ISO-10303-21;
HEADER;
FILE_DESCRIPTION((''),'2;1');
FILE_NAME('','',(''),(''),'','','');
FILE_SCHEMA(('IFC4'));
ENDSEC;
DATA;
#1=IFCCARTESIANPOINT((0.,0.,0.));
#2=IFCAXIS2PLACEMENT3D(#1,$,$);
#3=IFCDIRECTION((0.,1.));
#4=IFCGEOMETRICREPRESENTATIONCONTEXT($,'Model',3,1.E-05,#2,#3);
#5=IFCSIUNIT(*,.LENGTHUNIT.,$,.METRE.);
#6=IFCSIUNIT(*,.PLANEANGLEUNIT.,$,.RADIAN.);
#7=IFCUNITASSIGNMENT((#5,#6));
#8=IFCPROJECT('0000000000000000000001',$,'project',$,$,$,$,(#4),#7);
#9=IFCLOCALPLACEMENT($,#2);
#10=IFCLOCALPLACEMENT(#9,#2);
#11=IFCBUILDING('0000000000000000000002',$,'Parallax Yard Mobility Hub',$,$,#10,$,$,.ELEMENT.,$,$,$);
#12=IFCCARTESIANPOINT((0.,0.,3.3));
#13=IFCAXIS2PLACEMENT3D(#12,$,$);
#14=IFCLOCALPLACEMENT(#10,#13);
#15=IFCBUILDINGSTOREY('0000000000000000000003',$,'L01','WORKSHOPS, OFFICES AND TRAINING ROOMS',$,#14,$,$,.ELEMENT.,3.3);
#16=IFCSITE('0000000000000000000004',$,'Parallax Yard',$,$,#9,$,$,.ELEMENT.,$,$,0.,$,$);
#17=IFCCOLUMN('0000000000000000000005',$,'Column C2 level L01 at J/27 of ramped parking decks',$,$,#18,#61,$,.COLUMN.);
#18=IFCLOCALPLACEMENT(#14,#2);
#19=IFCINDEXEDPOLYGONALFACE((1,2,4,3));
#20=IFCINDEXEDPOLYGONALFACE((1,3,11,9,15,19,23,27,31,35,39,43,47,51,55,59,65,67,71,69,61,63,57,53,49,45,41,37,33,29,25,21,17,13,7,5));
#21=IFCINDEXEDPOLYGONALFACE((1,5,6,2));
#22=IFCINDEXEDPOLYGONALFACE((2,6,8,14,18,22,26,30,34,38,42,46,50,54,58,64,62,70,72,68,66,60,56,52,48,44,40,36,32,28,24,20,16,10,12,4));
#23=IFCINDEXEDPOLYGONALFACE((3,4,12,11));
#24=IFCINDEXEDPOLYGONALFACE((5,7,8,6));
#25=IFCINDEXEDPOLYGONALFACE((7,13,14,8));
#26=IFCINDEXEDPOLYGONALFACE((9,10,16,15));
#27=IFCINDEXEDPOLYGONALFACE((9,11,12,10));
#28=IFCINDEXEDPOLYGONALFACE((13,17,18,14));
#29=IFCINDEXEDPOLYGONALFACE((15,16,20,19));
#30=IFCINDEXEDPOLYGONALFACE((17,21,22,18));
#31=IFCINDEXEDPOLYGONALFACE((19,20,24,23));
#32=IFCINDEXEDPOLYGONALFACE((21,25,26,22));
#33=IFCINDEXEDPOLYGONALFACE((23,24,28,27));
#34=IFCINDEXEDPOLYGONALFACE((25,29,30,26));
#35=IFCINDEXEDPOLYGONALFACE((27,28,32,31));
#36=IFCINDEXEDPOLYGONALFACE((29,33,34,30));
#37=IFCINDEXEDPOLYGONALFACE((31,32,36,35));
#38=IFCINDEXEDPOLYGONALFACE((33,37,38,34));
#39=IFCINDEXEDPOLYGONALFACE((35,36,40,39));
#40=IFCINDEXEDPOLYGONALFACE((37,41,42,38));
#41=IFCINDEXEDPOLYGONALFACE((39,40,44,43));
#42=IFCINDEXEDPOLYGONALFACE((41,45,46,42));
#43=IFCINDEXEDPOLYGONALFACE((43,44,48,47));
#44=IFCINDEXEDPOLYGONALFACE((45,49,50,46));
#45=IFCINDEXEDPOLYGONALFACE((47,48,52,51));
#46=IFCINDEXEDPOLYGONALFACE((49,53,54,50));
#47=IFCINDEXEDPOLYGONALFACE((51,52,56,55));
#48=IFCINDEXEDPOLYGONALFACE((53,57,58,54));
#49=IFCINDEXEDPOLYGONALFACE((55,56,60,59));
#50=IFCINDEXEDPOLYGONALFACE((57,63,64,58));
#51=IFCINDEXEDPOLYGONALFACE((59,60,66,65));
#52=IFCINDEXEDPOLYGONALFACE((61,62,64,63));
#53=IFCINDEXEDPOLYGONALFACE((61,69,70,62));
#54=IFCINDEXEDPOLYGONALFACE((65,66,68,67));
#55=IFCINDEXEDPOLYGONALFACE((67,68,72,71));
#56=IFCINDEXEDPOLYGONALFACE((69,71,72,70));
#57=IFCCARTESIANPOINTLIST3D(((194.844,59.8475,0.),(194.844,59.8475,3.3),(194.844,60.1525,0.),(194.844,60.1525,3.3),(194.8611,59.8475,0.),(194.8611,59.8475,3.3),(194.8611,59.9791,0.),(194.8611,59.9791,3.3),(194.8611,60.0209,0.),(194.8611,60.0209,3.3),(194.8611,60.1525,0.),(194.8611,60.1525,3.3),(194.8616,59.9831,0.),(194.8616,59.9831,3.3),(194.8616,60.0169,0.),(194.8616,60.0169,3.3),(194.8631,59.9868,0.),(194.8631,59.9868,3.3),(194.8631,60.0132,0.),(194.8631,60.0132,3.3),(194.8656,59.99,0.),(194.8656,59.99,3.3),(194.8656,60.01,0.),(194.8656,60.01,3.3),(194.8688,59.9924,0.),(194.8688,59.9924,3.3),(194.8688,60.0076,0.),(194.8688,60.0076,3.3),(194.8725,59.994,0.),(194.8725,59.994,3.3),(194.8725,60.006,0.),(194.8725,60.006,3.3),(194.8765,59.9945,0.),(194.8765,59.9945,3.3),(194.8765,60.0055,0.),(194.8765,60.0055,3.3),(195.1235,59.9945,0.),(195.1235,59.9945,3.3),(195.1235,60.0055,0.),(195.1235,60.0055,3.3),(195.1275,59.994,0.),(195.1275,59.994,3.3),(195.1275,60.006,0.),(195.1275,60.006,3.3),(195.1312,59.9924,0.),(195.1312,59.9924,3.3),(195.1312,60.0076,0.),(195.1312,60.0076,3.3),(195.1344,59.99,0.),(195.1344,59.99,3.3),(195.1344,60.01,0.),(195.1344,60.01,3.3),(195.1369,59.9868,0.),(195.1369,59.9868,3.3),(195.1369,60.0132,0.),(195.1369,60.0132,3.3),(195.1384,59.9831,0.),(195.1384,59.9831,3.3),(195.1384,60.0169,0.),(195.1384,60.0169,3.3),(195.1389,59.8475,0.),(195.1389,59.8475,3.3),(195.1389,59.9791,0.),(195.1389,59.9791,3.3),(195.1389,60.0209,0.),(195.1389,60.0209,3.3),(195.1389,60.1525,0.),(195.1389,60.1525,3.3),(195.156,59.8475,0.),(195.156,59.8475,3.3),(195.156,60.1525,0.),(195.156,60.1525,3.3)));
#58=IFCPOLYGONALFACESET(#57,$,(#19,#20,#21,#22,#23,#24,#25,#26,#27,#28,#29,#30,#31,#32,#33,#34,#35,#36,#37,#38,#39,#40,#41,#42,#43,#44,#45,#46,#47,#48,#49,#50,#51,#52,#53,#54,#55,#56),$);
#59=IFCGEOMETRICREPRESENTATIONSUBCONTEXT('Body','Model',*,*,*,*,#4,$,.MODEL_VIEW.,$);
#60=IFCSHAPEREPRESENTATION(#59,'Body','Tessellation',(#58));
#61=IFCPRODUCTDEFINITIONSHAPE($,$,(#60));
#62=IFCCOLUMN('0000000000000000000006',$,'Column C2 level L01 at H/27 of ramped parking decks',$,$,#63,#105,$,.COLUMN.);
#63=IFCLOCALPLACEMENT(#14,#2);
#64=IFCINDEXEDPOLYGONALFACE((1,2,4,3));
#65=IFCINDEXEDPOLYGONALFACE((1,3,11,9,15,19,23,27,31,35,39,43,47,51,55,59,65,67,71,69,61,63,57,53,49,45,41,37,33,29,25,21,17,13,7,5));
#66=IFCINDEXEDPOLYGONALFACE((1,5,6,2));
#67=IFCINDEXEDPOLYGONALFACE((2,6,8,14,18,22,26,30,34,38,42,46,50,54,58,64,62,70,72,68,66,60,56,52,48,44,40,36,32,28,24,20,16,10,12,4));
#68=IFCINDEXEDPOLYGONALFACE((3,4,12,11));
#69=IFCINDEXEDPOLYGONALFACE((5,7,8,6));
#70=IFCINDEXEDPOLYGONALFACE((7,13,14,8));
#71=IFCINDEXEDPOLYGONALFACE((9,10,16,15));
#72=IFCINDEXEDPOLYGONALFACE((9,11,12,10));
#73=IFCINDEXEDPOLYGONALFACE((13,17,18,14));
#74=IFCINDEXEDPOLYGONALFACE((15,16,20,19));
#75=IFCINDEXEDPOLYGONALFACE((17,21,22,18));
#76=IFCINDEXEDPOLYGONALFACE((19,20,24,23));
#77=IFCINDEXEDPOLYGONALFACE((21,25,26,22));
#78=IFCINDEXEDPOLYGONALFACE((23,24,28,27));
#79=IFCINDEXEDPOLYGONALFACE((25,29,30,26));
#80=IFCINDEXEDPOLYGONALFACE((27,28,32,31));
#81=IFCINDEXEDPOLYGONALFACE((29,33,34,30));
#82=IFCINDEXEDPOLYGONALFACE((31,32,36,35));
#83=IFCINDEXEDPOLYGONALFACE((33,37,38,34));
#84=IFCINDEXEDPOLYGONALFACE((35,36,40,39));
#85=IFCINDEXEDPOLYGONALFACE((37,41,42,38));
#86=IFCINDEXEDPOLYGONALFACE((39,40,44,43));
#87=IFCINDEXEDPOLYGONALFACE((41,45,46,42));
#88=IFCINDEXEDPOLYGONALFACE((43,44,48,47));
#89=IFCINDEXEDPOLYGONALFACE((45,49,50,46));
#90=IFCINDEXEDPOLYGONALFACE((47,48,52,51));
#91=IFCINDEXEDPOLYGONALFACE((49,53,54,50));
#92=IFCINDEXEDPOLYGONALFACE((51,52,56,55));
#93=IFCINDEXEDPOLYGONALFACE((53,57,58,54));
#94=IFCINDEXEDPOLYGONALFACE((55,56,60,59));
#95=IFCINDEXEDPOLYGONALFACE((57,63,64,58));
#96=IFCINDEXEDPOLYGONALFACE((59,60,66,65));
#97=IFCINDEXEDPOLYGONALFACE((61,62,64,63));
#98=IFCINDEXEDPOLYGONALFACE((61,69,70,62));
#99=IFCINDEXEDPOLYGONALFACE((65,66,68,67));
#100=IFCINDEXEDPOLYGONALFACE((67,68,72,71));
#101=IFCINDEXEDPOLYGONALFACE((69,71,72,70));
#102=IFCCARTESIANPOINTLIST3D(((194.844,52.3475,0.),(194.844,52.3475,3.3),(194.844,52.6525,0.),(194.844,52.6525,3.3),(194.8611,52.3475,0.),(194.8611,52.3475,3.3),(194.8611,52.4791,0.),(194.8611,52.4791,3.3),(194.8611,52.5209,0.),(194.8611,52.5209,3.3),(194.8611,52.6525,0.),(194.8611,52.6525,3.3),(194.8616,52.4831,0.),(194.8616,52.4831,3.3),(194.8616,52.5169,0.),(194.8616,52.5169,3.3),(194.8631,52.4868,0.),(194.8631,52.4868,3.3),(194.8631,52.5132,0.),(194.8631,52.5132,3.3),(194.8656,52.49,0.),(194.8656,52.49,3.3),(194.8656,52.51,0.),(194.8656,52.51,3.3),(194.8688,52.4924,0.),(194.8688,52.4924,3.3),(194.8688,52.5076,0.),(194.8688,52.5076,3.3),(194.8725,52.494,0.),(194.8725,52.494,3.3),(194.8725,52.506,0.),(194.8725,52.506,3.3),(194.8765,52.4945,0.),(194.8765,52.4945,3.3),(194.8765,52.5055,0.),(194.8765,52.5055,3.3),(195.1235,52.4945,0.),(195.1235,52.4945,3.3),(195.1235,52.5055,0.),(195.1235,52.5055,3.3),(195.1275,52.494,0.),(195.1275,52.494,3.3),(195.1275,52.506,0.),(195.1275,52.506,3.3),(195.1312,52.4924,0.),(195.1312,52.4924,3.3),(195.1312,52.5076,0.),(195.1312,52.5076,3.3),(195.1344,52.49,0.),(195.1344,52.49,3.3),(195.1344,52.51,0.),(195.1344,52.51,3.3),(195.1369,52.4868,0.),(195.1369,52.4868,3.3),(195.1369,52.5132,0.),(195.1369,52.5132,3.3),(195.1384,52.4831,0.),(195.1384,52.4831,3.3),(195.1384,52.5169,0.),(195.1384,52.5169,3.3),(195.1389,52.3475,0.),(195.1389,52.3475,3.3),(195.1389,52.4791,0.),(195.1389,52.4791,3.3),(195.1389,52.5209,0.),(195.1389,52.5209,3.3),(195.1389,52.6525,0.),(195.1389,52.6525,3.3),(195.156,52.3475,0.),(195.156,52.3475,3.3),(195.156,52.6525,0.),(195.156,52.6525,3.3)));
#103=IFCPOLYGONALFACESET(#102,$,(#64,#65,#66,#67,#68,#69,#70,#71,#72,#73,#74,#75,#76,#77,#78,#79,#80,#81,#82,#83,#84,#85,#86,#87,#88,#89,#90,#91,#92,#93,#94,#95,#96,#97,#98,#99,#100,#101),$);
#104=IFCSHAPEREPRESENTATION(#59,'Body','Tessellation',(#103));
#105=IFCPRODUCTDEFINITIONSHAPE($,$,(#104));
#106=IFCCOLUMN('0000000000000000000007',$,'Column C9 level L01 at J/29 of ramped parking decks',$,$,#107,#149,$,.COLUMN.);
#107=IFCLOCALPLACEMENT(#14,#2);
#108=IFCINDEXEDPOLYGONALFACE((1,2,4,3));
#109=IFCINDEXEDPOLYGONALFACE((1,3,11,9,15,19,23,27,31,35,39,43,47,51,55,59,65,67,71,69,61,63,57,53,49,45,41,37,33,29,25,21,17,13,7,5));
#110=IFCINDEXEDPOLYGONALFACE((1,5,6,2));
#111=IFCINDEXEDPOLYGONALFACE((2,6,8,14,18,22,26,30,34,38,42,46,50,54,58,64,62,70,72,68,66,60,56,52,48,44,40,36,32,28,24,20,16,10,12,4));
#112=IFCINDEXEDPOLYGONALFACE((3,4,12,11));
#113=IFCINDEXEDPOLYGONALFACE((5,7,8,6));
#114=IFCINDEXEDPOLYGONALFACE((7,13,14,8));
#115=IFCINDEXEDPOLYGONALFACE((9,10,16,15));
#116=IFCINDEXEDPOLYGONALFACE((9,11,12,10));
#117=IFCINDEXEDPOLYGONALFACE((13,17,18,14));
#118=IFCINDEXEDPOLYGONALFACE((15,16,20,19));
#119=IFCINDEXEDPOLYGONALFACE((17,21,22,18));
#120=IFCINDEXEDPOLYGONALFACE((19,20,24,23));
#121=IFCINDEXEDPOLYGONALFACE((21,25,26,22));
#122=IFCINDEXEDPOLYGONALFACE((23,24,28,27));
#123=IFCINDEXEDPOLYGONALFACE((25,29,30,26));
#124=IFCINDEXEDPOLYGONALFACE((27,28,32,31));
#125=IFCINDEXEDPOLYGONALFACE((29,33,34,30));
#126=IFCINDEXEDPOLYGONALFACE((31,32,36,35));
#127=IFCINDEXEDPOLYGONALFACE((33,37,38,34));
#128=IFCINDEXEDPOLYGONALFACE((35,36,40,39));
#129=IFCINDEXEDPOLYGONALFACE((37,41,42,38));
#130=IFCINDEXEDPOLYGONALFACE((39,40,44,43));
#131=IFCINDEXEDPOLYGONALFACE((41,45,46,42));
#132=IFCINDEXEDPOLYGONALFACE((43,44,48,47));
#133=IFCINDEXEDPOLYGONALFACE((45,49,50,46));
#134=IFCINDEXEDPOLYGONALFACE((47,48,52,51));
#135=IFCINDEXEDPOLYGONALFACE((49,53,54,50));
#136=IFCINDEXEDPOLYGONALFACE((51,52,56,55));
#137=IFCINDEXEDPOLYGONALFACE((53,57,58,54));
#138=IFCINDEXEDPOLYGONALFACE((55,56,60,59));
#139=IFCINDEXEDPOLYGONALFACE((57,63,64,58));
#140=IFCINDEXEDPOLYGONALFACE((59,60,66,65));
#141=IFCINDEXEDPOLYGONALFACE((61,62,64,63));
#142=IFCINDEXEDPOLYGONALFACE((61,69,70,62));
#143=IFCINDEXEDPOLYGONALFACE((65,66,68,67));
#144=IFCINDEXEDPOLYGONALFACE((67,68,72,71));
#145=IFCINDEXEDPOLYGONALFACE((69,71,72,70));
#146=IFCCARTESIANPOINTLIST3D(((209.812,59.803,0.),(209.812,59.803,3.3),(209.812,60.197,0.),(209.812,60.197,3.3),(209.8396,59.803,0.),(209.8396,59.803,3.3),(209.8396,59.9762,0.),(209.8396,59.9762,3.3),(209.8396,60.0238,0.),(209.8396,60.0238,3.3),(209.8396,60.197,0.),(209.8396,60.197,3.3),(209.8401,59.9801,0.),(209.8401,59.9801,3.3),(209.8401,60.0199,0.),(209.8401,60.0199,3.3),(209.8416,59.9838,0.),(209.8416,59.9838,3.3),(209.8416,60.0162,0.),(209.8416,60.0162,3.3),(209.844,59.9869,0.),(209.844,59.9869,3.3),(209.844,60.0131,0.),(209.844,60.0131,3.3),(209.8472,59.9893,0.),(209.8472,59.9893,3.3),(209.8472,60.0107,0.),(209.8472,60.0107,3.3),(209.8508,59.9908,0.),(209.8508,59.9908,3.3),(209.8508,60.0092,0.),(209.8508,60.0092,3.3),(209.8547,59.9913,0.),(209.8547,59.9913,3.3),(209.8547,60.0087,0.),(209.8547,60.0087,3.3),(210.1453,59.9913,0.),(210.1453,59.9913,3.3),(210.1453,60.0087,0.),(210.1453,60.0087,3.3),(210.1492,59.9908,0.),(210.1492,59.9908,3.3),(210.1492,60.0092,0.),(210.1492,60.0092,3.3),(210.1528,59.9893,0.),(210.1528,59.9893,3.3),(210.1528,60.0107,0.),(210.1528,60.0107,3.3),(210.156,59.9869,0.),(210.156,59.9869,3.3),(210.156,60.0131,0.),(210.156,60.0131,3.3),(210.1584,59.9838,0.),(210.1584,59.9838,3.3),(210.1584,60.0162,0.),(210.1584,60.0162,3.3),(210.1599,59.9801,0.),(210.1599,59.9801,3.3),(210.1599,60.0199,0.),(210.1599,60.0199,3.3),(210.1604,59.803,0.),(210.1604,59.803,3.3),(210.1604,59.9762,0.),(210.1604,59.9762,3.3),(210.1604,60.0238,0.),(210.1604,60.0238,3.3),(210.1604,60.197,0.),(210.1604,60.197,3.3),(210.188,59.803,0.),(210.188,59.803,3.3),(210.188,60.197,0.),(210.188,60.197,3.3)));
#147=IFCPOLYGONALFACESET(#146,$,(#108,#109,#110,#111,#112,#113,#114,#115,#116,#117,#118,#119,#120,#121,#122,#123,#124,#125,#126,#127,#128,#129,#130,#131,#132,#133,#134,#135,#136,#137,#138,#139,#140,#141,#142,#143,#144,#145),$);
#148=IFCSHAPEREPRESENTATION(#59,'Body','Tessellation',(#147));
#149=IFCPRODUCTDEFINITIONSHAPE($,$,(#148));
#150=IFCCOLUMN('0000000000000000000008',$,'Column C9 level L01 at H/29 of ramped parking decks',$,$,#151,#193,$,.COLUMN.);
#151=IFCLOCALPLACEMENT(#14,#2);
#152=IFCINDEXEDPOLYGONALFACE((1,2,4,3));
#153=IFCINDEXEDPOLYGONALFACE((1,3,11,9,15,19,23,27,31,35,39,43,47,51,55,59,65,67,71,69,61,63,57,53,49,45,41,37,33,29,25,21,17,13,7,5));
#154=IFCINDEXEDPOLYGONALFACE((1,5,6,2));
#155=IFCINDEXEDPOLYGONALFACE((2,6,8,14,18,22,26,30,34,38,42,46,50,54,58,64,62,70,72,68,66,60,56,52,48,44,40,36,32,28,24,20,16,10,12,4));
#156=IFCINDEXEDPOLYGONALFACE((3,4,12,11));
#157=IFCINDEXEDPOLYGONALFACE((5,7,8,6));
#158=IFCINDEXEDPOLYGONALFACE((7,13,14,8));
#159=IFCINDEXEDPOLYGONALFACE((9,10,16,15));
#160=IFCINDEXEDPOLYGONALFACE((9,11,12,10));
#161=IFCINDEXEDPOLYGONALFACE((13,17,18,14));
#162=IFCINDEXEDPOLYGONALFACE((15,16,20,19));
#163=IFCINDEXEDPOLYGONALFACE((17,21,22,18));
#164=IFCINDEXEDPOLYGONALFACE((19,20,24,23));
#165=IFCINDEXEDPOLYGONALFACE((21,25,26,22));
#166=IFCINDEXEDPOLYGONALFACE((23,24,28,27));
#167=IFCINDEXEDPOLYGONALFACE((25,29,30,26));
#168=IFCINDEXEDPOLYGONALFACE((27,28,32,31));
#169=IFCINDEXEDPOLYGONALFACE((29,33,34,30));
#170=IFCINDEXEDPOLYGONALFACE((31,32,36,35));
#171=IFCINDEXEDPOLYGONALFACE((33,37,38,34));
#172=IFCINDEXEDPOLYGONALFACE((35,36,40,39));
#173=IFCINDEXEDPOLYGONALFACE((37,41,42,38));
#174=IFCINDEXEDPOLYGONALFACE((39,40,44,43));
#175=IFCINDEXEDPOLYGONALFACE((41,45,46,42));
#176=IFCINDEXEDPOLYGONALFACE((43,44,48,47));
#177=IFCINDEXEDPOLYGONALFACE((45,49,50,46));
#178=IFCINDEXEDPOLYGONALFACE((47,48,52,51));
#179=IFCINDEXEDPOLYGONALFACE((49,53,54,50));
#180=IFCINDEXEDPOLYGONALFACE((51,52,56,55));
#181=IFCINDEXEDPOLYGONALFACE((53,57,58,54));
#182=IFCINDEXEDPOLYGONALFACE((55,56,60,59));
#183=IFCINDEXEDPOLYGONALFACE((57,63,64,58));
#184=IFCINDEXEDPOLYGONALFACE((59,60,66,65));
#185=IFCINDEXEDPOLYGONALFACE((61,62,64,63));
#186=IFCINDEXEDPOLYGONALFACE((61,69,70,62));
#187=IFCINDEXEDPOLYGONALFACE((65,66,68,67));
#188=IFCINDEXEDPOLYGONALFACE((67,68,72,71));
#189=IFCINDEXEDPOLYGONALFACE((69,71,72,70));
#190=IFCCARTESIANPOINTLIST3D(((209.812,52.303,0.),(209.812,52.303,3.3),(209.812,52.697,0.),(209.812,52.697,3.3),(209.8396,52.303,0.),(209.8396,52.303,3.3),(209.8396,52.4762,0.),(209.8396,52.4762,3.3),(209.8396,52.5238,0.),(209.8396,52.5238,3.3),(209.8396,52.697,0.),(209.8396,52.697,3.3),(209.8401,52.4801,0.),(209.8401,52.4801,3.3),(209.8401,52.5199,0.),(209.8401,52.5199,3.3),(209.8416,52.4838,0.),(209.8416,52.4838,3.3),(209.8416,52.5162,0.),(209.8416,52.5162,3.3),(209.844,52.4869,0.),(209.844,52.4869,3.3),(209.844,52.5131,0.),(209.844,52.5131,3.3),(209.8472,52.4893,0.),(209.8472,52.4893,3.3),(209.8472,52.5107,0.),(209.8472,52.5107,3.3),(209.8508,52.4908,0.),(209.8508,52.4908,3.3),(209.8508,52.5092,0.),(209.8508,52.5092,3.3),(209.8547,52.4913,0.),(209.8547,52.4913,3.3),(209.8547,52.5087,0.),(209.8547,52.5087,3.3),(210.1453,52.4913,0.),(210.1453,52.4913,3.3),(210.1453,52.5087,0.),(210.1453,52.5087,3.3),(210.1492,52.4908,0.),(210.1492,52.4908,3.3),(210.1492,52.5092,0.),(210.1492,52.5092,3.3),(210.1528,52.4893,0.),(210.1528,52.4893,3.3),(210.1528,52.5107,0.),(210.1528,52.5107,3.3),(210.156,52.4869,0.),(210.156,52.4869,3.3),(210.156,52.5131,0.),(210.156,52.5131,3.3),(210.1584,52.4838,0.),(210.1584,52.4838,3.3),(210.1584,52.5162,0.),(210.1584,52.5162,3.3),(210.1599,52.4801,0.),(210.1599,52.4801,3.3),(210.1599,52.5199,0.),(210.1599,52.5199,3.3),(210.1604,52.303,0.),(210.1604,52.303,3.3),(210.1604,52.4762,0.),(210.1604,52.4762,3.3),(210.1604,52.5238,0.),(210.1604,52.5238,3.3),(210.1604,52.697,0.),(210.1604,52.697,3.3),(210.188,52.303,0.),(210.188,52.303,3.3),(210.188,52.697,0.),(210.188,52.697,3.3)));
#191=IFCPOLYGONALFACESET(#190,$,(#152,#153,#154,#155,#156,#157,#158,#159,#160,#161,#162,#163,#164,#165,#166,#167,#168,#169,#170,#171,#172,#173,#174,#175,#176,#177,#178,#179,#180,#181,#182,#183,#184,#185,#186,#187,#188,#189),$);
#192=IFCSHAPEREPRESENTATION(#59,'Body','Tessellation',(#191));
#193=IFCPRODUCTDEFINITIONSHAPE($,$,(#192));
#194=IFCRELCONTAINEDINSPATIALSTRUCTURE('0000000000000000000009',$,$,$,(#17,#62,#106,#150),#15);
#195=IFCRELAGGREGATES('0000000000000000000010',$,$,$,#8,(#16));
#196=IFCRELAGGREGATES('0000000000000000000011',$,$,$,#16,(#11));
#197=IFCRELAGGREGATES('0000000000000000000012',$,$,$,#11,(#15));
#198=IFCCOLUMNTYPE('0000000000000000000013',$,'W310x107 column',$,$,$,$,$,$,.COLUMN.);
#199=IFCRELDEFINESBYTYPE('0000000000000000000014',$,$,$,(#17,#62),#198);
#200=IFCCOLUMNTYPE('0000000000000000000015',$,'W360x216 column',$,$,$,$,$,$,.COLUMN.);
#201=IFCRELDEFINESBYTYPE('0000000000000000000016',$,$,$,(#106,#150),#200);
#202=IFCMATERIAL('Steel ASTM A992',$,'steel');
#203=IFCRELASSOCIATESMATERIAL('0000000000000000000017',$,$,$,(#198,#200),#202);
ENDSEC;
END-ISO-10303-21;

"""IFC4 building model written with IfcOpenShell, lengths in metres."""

from ifc_helpers import new_model, si_unit, direction, frame, origin, origin_2d, place, context, subcontext, project, spatial, i_section, extrude, material, material_profile, profile_set, type_object, element, save


model = new_model("IFC4")

# Units and contexts
model_context = context("Model", 3, precision=1e-05, world=origin(), true_north=direction((0.0, 1.0)))
body_context = subcontext(model_context, "Body", "Model", "MODEL_VIEW")
ifc_project = project(units=[si_unit("LENGTHUNIT", "METRE"), si_unit("PLANEANGLEUNIT", "RADIAN")], contexts=[model_context])

# Site, building, storey
site_placement = place(None, origin())
site = spatial("IfcSite", under=ifc_project, at=site_placement, Name="Parallax Yard", CompositionType="ELEMENT", RefElevation=0.0)
building_placement = place(site_placement, origin())
building = spatial("IfcBuilding", under=site, at=building_placement, Name="Parallax Yard Mobility Hub", CompositionType="ELEMENT")
storey_placement = place(building_placement, frame((0.0, 0.0, 3.3)))
storey = spatial("IfcBuildingStorey", under=building, at=storey_placement, Name="L01", Description="WORKSHOPS, OFFICES AND TRAINING ROOMS", CompositionType="ELEMENT", Elevation=3.3)

# Columns
ifc_material_1 = material(Name="Steel ASTM A992", Category="steel")
ifc_material_profile_1 = material_profile(ifc_material_1, i_section(OverallWidth=0.3049, OverallDepth=0.312, WebThickness=0.011, FlangeThickness=0.0171, FilletRadius=0.0154, at=origin_2d()), Name="W310x107")
ifc_profile_set_1 = profile_set([ifc_material_profile_1], Name="Steel ASTM A992")
column_type_1 = type_object("IfcColumnType", Name="W310x107 column", PredefinedType="COLUMN", material=ifc_profile_set_1)
for number, where, z_axis, x_axis, name in (
    (1, (195.0, 60.0, 0.0), (0.0, 0.0, 1.0), (0.0, 1.0, 0.0), "Column C2 level L01 at J/27 of ramped parking decks"),
    (2, (195.0, 52.5, 0.0), (0.0, 0.0, 1.0), (0.0, 1.0, 0.0), "Column C2 level L01 at H/27 of ramped parking decks"),
):
    element("IfcColumn", number, at=place(storey_placement, frame(where, z_axis=z_axis, x_axis=x_axis)), inside=storey, type_object=column_type_1, Name=name, PredefinedType="COLUMN", context=body_context, shape_type="SweptSolid", body=[
        extrude(i_section(OverallWidth=0.3049, OverallDepth=0.312, WebThickness=0.011, FlangeThickness=0.0171, FilletRadius=0.0154, at=origin_2d()), origin(), (0.0, 0.0, 1.0), 3.3),
    ])
ifc_material_profile_2 = material_profile(ifc_material_1, i_section(OverallWidth=0.394, OverallDepth=0.376, WebThickness=0.0173, FlangeThickness=0.0276, FilletRadius=0.0151, at=origin_2d()), Name="W360x216")
ifc_profile_set_2 = profile_set([ifc_material_profile_2], Name="Steel ASTM A992")
column_type_2 = type_object("IfcColumnType", Name="W360x216 column", PredefinedType="COLUMN", material=ifc_profile_set_2)
for number, where, z_axis, x_axis, name in (
    (3, (210.0, 60.0, 0.0), (0.0, 0.0, 1.0), (0.0, 1.0, 0.0), "Column C9 level L01 at J/29 of ramped parking decks"),
    (4, (210.0, 52.5, 0.0), (0.0, 0.0, 1.0), (0.0, 1.0, 0.0), "Column C9 level L01 at H/29 of ramped parking decks"),
):
    element("IfcColumn", number, at=place(storey_placement, frame(where, z_axis=z_axis, x_axis=x_axis)), inside=storey, type_object=column_type_2, Name=name, PredefinedType="COLUMN", context=body_context, shape_type="SweptSolid", body=[
        extrude(i_section(OverallWidth=0.394, OverallDepth=0.376, WebThickness=0.0173, FlangeThickness=0.0276, FilletRadius=0.0151, at=origin_2d()), origin(), (0.0, 0.0, 1.0), 3.3),
    ])

save(model, "model.ifc")
